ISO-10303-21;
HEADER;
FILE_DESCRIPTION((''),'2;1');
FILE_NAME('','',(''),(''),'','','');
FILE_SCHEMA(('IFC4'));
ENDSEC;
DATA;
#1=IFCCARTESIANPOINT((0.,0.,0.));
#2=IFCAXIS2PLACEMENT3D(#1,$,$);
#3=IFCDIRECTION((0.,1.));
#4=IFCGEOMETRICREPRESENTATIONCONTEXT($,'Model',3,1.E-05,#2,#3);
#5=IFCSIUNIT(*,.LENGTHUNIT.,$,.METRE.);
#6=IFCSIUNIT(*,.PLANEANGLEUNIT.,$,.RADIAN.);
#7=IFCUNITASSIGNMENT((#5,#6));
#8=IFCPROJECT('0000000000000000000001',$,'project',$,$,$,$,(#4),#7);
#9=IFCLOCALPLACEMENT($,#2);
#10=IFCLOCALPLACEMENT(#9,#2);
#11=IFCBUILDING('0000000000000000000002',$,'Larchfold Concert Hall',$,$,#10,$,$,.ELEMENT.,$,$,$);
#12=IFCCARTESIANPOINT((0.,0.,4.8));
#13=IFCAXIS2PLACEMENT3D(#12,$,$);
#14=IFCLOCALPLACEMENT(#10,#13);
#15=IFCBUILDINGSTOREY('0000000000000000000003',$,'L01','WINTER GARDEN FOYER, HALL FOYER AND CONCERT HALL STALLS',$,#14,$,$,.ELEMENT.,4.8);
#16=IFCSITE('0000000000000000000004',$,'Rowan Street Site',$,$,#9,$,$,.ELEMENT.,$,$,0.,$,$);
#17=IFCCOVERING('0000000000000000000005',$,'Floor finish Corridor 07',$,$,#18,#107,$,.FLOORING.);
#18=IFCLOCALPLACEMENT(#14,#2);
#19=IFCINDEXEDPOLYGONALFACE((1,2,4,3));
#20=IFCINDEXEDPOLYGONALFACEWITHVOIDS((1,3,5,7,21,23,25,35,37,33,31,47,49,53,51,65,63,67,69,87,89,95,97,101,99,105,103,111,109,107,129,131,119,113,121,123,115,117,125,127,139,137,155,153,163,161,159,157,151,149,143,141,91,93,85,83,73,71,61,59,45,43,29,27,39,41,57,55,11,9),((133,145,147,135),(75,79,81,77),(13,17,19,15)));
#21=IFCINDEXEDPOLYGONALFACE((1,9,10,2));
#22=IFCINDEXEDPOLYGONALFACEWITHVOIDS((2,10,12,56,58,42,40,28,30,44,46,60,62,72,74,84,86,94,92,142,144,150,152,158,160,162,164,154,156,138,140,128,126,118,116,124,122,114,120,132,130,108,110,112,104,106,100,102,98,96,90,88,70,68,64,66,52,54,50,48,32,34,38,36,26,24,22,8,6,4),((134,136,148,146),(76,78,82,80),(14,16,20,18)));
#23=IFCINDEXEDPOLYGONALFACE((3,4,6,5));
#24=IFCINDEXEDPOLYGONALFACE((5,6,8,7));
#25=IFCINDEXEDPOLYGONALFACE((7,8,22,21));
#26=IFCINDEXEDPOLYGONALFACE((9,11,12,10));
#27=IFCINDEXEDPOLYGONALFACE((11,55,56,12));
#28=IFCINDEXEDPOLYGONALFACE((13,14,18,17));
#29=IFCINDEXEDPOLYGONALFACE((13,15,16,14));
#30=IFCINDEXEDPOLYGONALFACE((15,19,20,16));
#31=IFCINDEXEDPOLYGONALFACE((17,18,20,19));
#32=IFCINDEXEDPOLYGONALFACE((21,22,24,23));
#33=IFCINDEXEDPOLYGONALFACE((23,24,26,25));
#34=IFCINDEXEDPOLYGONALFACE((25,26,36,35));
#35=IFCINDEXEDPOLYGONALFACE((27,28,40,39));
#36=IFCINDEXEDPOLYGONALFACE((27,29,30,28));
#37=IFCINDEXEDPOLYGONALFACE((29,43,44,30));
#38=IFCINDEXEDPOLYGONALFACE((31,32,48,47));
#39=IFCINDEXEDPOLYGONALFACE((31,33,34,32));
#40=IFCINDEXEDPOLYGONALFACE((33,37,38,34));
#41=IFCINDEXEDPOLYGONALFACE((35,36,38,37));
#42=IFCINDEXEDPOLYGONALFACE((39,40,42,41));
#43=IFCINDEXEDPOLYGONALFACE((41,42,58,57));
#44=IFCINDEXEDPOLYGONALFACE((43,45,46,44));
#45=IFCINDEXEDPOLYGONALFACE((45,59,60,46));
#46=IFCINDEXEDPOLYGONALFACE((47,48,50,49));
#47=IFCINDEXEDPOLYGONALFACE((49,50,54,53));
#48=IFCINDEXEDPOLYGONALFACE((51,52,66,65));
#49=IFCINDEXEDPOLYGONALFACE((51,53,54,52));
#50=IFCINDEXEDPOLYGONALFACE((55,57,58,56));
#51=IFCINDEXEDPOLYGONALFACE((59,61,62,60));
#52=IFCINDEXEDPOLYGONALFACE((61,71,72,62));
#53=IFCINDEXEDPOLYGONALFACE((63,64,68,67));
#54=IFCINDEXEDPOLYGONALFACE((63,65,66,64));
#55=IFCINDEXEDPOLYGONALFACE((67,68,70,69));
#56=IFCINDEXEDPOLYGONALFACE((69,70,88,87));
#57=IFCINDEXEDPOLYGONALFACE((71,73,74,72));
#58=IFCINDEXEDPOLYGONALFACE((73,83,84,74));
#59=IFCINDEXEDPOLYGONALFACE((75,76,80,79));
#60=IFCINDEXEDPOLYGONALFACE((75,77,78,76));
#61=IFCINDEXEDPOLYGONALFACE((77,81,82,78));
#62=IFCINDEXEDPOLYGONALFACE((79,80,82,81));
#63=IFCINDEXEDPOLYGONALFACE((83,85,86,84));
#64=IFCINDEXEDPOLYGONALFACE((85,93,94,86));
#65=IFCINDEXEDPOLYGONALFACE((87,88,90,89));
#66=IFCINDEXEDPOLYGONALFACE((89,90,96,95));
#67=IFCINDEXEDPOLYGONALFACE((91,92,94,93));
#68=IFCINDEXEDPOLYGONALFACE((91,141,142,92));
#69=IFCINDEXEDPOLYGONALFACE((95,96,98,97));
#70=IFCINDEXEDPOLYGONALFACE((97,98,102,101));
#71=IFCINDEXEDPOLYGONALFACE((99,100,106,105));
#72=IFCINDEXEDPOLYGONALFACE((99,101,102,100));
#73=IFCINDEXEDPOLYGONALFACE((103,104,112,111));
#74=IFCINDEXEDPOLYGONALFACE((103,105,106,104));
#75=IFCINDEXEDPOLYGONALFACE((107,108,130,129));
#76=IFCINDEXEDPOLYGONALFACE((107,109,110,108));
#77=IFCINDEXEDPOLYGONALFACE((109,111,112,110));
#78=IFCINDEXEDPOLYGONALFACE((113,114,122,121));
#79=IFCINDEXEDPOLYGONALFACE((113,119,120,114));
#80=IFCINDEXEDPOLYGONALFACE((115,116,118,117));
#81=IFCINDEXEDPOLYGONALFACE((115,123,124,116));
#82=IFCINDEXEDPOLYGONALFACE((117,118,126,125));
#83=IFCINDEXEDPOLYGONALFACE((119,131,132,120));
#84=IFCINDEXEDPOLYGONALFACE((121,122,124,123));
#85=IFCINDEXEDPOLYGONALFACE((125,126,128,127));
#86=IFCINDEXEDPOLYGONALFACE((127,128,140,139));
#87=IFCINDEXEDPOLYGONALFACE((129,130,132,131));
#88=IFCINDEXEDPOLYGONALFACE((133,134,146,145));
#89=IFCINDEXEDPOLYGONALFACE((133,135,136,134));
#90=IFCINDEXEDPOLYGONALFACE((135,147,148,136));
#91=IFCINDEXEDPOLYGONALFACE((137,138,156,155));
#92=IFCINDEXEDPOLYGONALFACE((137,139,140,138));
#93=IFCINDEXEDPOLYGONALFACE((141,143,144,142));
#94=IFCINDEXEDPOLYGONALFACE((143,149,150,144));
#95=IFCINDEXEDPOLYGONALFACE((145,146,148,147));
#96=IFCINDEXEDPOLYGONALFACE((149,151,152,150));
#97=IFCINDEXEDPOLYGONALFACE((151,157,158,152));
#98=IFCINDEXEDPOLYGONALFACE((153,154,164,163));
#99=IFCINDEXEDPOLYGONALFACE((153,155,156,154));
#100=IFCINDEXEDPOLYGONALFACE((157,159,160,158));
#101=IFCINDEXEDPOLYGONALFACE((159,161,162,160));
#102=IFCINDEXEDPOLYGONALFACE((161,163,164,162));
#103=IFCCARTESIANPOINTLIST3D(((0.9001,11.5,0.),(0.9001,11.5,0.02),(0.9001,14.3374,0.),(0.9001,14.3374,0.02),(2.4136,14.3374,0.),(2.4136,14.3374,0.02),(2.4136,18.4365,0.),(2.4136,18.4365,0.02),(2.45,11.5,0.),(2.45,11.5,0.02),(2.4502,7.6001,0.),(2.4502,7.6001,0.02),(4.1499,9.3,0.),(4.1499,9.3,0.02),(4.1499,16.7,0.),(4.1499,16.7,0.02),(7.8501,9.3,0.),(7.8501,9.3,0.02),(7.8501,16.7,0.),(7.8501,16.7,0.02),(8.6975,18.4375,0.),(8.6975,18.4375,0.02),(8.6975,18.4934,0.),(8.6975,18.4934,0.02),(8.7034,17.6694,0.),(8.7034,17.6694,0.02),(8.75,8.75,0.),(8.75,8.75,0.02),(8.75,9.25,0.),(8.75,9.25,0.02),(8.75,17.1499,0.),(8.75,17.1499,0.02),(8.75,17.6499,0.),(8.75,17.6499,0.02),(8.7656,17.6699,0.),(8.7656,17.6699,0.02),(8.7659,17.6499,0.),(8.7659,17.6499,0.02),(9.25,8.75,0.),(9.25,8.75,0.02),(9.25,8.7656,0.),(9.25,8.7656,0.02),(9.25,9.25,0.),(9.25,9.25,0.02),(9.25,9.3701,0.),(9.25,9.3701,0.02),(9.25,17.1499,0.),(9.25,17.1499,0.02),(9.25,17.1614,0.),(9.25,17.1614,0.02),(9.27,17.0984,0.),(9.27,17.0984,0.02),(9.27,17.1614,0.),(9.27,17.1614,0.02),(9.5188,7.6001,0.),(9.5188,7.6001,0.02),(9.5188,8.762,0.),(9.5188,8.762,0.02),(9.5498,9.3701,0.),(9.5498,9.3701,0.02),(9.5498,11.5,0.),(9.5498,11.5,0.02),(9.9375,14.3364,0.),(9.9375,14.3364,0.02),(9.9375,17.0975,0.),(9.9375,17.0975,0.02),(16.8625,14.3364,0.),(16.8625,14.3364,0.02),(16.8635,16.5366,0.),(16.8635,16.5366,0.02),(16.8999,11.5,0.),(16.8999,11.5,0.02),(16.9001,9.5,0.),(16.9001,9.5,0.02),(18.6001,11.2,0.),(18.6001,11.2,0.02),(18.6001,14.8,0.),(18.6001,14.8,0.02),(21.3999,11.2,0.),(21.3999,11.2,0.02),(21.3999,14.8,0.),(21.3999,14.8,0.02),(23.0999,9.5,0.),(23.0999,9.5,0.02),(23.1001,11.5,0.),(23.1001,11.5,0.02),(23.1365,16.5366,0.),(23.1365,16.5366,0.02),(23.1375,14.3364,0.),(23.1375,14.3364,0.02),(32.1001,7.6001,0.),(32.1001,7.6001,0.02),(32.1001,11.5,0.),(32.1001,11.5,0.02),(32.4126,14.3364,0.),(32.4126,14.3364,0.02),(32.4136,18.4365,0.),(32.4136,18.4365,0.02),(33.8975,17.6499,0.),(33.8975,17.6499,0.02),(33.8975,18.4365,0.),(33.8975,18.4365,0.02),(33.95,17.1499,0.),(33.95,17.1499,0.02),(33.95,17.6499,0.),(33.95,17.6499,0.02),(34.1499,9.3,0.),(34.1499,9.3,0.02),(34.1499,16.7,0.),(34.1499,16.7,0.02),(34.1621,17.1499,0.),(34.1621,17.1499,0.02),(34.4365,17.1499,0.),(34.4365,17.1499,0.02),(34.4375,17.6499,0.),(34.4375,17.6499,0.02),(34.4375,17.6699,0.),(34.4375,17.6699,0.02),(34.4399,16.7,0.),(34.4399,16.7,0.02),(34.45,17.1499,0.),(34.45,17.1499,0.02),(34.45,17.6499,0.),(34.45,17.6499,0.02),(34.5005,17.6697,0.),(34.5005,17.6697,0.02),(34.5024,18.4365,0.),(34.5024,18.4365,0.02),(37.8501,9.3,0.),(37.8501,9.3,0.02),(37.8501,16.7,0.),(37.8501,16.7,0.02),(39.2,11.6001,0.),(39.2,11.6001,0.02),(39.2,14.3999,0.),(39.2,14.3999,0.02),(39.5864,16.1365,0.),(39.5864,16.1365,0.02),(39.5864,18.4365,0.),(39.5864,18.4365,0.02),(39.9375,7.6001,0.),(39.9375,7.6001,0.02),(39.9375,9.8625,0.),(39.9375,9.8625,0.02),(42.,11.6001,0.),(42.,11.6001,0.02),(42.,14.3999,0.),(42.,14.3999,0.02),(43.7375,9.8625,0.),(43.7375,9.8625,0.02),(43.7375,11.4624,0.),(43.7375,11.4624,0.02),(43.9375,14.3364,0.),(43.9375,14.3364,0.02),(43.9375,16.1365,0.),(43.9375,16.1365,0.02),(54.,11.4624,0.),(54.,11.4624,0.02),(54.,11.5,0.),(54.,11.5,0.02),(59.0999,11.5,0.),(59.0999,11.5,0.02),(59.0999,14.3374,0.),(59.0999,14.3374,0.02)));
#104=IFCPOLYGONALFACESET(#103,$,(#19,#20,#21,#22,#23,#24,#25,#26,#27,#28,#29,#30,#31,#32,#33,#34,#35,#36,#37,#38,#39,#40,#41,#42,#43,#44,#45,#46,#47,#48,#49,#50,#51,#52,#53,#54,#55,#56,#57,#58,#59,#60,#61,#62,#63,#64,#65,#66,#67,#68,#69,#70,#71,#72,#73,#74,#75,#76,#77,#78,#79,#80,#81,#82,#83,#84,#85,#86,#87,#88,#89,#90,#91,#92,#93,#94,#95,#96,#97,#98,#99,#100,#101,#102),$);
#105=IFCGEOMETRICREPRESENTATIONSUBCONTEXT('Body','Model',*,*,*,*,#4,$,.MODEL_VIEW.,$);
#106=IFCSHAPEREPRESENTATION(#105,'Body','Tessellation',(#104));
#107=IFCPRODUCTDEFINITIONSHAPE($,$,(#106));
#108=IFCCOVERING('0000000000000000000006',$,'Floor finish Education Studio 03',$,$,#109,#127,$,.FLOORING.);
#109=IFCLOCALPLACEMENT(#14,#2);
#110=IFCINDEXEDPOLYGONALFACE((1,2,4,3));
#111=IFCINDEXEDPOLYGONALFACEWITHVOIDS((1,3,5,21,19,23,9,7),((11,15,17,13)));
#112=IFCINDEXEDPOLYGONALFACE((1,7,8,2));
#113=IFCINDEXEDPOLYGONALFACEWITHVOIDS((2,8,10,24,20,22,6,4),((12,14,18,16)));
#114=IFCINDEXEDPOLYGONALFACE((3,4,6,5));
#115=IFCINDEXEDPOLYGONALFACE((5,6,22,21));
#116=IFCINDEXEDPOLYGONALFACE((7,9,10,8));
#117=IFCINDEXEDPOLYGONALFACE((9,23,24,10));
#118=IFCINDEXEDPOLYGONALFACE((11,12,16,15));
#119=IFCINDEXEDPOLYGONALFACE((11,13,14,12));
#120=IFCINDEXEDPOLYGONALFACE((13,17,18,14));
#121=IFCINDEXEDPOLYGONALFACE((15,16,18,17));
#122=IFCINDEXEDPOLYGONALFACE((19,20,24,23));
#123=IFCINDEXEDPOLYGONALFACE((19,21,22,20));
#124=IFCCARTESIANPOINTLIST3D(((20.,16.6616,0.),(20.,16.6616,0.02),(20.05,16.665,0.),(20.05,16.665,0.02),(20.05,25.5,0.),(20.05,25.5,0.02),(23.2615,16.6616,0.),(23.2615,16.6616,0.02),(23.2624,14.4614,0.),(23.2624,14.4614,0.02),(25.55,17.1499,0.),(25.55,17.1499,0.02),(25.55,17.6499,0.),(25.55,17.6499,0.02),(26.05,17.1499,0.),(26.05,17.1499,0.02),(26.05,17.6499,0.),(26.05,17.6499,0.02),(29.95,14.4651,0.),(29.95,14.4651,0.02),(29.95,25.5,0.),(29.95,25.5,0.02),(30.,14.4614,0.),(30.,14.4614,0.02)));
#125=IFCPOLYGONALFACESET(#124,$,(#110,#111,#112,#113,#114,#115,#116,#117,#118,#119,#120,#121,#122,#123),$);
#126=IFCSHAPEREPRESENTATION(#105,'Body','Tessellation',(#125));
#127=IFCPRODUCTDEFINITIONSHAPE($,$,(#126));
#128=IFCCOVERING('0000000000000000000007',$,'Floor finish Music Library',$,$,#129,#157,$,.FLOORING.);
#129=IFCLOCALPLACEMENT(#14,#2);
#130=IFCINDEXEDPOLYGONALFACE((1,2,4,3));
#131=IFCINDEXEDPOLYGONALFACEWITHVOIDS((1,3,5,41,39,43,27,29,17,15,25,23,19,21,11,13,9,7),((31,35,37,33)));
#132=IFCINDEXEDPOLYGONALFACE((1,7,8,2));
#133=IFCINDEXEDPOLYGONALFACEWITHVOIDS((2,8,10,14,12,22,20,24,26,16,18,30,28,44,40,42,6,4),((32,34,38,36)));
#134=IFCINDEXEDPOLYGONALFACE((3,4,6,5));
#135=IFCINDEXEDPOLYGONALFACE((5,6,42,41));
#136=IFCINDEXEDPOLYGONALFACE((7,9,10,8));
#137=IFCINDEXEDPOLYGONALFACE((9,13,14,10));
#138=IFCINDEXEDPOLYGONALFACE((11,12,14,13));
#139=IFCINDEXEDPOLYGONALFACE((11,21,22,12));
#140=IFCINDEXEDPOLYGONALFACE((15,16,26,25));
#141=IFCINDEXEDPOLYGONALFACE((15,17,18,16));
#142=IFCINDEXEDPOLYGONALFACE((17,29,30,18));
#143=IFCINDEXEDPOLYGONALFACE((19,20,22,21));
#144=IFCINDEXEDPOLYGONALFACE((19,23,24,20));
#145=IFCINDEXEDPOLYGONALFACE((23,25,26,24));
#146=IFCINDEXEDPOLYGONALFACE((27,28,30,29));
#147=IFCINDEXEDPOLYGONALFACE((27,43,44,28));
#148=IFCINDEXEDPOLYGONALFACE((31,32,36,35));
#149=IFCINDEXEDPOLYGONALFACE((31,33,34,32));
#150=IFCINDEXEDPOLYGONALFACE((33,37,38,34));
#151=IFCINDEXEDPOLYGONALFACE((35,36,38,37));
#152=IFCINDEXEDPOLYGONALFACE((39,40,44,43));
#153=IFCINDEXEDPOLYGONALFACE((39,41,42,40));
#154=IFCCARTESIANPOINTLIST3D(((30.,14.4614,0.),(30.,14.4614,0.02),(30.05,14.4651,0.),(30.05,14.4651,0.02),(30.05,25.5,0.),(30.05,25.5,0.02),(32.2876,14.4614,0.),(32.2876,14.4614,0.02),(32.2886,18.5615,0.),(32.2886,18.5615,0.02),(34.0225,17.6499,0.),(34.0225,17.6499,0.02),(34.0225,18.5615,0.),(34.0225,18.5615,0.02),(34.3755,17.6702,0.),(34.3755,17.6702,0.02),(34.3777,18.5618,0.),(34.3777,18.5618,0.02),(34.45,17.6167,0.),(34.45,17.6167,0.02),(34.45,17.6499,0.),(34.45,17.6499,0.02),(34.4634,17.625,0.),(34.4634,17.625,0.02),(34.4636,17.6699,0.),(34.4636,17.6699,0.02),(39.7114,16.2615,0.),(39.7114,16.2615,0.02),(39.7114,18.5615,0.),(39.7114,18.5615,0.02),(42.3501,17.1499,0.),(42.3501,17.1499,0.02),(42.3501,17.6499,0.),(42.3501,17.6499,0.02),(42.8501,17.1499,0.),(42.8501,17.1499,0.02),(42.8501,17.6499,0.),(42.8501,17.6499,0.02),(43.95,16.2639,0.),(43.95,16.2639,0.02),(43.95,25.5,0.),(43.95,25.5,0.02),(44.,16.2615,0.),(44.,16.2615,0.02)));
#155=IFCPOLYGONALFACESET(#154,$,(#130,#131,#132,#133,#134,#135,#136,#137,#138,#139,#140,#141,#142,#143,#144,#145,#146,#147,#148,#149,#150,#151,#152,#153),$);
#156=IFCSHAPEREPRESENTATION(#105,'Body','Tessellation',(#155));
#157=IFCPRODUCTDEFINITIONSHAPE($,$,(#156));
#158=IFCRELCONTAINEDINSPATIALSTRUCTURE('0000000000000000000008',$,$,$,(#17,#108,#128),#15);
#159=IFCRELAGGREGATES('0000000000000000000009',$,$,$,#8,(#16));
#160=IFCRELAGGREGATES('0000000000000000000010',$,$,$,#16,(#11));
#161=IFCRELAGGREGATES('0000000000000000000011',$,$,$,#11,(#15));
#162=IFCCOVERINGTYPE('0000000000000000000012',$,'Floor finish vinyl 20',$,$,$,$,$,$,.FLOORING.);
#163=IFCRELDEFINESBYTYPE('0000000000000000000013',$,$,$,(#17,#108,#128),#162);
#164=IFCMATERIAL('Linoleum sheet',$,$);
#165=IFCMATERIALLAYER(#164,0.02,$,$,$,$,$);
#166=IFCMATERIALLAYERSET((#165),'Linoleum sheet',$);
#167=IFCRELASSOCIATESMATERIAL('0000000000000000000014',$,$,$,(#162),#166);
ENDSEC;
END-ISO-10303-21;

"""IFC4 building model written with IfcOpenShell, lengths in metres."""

from ifc_helpers import new_model, si_unit, direction, frame, origin, place, context, subcontext, project, spatial, polyline, outline, extrude, material, layer, layer_set, type_object, element, save


model = new_model("IFC4")

# Units and contexts
model_context = context("Model", 3, precision=1e-05, world=origin(), true_north=direction((0.0, 1.0)))
body_context = subcontext(model_context, "Body", "Model", "MODEL_VIEW")
ifc_project = project(units=[si_unit("LENGTHUNIT", "METRE"), si_unit("PLANEANGLEUNIT", "RADIAN")], contexts=[model_context])

# Site, building, storey
site_placement = place(None, origin())
site = spatial("IfcSite", under=ifc_project, at=site_placement, Name="Rowan Street Site", CompositionType="ELEMENT", RefElevation=0.0)
building_placement = place(site_placement, origin())
building = spatial("IfcBuilding", under=site, at=building_placement, Name="Larchfold Concert Hall", CompositionType="ELEMENT")
storey_placement = place(building_placement, frame((0.0, 0.0, 4.8)))
storey = spatial("IfcBuildingStorey", under=building, at=storey_placement, Name="L01", Description="WINTER GARDEN FOYER, HALL FOYER AND CONCERT HALL STALLS", CompositionType="ELEMENT", Elevation=4.8)

# Coverings
ifc_material_1 = material(Name="Linoleum sheet")
ifc_layer_1 = layer(ifc_material_1, 0.02)
ifc_layer_set_1 = layer_set([ifc_layer_1], Name="Linoleum sheet")
covering_type_1 = type_object("IfcCoveringType", Name="Floor finish vinyl 20", PredefinedType="FLOORING", material=ifc_layer_set_1)
covering_1_placement = place(storey_placement, origin())
element("IfcCovering", 1, at=covering_1_placement, inside=storey, type_object=covering_type_1, Name="Floor finish Corridor 07", PredefinedType="FLOORING", context=body_context, shape_type="SweptSolid", body=[
    extrude(outline(polyline([(2.4136, 18.4365), (2.4136, 14.3374), (0.9001, 14.3374), (0.9001, 11.5), (2.45, 11.5), (2.4502, 7.6001), (9.5188, 7.6001), (9.5188, 8.762), (9.25, 8.7656), (9.25, 8.75), (8.75, 8.75), (8.75, 9.25), (9.25, 9.25), (9.25, 9.3701), (9.5498, 9.3701), (9.5498, 11.5), (16.8999, 11.5), (16.9001, 9.5), (23.0999, 9.5), (23.1001, 11.5), (32.1001, 11.5), (32.1001, 7.6001), (39.9375, 7.6001), (39.9375, 9.8625), (43.7375, 9.8625), (43.7375, 11.4624), (54.0, 11.4624), (54.0, 11.5), (59.0999, 11.5), (59.0999, 14.3374), (43.9375, 14.3364), (43.9375, 16.1365), (39.5864, 16.1365), (39.5864, 18.4365), (34.5024, 18.4365), (34.5024, 18.4624), (34.5005, 17.6697), (34.4375, 17.6699), (34.4375, 17.6499), (34.45, 17.6499), (34.45, 17.1499), (34.4365, 17.1499), (34.4399, 16.7), (37.8501, 16.7), (37.8501, 9.3), (34.1499, 9.3), (34.1499, 16.7), (34.1621, 17.1499), (33.95, 17.1499), (33.95, 17.6499), (33.8975, 17.6499), (33.8975, 18.4365), (32.4136, 18.4365), (32.4136, 18.499), (32.4126, 14.3364), (23.1375, 14.3364), (23.1365, 16.5366), (16.8635, 16.5366), (16.8635, 16.5991), (16.8625, 14.3364), (9.9375, 14.3364), (9.9375, 17.0974), (10.0, 17.0974), (9.27, 17.0984), (9.27, 17.1614), (9.25, 17.1614), (9.25, 17.1499), (8.75, 17.1499), (8.75, 17.6499), (8.7659, 17.6499), (8.7656, 17.6699), (8.7034, 17.6694), (8.6975, 18.4934), (8.6975, 18.4375), (2.4136, 18.4365)]), holes=[polyline([(42.0, 11.6001), (39.2, 11.6001), (39.2, 14.3999), (42.0, 14.3999), (42.0, 11.6001)]), polyline([(21.3999, 11.2), (18.6001, 11.2), (18.6001, 14.8), (21.3999, 14.8), (21.3999, 11.2)]), polyline([(7.8501, 9.3), (4.1499, 9.3), (4.1499, 16.7), (7.8501, 16.7), (7.8501, 9.3)])]), origin(), (0.0, 0.0, 1.0), 0.02),
])
covering_2_placement = place(storey_placement, origin())
element("IfcCovering", 2, at=covering_2_placement, inside=storey, type_object=covering_type_1, Name="Floor finish Education Studio 03", PredefinedType="FLOORING", context=body_context, shape_type="SweptSolid", body=[
    extrude(outline(polyline([(20.0, 16.6616), (23.2615, 16.6616), (23.2625, 14.3999), (23.2625, 14.4614), (30.0, 14.4614), (29.95, 14.4651), (29.95, 25.5), (20.05, 25.5), (20.05, 16.665), (20.0, 16.6616)]), holes=[polyline([(25.55, 17.6499), (26.05, 17.6499), (26.05, 17.1499), (25.55, 17.1499), (25.55, 17.6499)])]), origin(), (0.0, 0.0, 1.0), 0.02),
])
covering_3_placement = place(storey_placement, origin())
element("IfcCovering", 3, at=covering_3_placement, inside=storey, type_object=covering_type_1, Name="Floor finish Music Library", PredefinedType="FLOORING", context=body_context, shape_type="SweptSolid", body=[
    extrude(outline(polyline([(30.0, 14.4614), (32.2876, 14.4614), (32.2886, 18.5615), (34.0225, 18.5615), (34.0225, 17.6499), (34.45, 17.6499), (34.45, 17.6167), (34.4634, 17.625), (34.4636, 17.6699), (34.3755, 17.6702), (34.3777, 18.5618), (39.7114, 18.5615), (39.7114, 16.2615), (44.0, 16.2615), (43.95, 16.2639), (43.95, 25.5), (30.05, 25.5), (30.05, 14.4651), (30.0, 14.4614)]), holes=[polyline([(42.8501, 17.6499), (42.8501, 17.1499), (42.3501, 17.1499), (42.3501, 17.6499), (42.8501, 17.6499)])]), origin(), (0.0, 0.0, 1.0), 0.02),
])

save(model, "model.ifc")
